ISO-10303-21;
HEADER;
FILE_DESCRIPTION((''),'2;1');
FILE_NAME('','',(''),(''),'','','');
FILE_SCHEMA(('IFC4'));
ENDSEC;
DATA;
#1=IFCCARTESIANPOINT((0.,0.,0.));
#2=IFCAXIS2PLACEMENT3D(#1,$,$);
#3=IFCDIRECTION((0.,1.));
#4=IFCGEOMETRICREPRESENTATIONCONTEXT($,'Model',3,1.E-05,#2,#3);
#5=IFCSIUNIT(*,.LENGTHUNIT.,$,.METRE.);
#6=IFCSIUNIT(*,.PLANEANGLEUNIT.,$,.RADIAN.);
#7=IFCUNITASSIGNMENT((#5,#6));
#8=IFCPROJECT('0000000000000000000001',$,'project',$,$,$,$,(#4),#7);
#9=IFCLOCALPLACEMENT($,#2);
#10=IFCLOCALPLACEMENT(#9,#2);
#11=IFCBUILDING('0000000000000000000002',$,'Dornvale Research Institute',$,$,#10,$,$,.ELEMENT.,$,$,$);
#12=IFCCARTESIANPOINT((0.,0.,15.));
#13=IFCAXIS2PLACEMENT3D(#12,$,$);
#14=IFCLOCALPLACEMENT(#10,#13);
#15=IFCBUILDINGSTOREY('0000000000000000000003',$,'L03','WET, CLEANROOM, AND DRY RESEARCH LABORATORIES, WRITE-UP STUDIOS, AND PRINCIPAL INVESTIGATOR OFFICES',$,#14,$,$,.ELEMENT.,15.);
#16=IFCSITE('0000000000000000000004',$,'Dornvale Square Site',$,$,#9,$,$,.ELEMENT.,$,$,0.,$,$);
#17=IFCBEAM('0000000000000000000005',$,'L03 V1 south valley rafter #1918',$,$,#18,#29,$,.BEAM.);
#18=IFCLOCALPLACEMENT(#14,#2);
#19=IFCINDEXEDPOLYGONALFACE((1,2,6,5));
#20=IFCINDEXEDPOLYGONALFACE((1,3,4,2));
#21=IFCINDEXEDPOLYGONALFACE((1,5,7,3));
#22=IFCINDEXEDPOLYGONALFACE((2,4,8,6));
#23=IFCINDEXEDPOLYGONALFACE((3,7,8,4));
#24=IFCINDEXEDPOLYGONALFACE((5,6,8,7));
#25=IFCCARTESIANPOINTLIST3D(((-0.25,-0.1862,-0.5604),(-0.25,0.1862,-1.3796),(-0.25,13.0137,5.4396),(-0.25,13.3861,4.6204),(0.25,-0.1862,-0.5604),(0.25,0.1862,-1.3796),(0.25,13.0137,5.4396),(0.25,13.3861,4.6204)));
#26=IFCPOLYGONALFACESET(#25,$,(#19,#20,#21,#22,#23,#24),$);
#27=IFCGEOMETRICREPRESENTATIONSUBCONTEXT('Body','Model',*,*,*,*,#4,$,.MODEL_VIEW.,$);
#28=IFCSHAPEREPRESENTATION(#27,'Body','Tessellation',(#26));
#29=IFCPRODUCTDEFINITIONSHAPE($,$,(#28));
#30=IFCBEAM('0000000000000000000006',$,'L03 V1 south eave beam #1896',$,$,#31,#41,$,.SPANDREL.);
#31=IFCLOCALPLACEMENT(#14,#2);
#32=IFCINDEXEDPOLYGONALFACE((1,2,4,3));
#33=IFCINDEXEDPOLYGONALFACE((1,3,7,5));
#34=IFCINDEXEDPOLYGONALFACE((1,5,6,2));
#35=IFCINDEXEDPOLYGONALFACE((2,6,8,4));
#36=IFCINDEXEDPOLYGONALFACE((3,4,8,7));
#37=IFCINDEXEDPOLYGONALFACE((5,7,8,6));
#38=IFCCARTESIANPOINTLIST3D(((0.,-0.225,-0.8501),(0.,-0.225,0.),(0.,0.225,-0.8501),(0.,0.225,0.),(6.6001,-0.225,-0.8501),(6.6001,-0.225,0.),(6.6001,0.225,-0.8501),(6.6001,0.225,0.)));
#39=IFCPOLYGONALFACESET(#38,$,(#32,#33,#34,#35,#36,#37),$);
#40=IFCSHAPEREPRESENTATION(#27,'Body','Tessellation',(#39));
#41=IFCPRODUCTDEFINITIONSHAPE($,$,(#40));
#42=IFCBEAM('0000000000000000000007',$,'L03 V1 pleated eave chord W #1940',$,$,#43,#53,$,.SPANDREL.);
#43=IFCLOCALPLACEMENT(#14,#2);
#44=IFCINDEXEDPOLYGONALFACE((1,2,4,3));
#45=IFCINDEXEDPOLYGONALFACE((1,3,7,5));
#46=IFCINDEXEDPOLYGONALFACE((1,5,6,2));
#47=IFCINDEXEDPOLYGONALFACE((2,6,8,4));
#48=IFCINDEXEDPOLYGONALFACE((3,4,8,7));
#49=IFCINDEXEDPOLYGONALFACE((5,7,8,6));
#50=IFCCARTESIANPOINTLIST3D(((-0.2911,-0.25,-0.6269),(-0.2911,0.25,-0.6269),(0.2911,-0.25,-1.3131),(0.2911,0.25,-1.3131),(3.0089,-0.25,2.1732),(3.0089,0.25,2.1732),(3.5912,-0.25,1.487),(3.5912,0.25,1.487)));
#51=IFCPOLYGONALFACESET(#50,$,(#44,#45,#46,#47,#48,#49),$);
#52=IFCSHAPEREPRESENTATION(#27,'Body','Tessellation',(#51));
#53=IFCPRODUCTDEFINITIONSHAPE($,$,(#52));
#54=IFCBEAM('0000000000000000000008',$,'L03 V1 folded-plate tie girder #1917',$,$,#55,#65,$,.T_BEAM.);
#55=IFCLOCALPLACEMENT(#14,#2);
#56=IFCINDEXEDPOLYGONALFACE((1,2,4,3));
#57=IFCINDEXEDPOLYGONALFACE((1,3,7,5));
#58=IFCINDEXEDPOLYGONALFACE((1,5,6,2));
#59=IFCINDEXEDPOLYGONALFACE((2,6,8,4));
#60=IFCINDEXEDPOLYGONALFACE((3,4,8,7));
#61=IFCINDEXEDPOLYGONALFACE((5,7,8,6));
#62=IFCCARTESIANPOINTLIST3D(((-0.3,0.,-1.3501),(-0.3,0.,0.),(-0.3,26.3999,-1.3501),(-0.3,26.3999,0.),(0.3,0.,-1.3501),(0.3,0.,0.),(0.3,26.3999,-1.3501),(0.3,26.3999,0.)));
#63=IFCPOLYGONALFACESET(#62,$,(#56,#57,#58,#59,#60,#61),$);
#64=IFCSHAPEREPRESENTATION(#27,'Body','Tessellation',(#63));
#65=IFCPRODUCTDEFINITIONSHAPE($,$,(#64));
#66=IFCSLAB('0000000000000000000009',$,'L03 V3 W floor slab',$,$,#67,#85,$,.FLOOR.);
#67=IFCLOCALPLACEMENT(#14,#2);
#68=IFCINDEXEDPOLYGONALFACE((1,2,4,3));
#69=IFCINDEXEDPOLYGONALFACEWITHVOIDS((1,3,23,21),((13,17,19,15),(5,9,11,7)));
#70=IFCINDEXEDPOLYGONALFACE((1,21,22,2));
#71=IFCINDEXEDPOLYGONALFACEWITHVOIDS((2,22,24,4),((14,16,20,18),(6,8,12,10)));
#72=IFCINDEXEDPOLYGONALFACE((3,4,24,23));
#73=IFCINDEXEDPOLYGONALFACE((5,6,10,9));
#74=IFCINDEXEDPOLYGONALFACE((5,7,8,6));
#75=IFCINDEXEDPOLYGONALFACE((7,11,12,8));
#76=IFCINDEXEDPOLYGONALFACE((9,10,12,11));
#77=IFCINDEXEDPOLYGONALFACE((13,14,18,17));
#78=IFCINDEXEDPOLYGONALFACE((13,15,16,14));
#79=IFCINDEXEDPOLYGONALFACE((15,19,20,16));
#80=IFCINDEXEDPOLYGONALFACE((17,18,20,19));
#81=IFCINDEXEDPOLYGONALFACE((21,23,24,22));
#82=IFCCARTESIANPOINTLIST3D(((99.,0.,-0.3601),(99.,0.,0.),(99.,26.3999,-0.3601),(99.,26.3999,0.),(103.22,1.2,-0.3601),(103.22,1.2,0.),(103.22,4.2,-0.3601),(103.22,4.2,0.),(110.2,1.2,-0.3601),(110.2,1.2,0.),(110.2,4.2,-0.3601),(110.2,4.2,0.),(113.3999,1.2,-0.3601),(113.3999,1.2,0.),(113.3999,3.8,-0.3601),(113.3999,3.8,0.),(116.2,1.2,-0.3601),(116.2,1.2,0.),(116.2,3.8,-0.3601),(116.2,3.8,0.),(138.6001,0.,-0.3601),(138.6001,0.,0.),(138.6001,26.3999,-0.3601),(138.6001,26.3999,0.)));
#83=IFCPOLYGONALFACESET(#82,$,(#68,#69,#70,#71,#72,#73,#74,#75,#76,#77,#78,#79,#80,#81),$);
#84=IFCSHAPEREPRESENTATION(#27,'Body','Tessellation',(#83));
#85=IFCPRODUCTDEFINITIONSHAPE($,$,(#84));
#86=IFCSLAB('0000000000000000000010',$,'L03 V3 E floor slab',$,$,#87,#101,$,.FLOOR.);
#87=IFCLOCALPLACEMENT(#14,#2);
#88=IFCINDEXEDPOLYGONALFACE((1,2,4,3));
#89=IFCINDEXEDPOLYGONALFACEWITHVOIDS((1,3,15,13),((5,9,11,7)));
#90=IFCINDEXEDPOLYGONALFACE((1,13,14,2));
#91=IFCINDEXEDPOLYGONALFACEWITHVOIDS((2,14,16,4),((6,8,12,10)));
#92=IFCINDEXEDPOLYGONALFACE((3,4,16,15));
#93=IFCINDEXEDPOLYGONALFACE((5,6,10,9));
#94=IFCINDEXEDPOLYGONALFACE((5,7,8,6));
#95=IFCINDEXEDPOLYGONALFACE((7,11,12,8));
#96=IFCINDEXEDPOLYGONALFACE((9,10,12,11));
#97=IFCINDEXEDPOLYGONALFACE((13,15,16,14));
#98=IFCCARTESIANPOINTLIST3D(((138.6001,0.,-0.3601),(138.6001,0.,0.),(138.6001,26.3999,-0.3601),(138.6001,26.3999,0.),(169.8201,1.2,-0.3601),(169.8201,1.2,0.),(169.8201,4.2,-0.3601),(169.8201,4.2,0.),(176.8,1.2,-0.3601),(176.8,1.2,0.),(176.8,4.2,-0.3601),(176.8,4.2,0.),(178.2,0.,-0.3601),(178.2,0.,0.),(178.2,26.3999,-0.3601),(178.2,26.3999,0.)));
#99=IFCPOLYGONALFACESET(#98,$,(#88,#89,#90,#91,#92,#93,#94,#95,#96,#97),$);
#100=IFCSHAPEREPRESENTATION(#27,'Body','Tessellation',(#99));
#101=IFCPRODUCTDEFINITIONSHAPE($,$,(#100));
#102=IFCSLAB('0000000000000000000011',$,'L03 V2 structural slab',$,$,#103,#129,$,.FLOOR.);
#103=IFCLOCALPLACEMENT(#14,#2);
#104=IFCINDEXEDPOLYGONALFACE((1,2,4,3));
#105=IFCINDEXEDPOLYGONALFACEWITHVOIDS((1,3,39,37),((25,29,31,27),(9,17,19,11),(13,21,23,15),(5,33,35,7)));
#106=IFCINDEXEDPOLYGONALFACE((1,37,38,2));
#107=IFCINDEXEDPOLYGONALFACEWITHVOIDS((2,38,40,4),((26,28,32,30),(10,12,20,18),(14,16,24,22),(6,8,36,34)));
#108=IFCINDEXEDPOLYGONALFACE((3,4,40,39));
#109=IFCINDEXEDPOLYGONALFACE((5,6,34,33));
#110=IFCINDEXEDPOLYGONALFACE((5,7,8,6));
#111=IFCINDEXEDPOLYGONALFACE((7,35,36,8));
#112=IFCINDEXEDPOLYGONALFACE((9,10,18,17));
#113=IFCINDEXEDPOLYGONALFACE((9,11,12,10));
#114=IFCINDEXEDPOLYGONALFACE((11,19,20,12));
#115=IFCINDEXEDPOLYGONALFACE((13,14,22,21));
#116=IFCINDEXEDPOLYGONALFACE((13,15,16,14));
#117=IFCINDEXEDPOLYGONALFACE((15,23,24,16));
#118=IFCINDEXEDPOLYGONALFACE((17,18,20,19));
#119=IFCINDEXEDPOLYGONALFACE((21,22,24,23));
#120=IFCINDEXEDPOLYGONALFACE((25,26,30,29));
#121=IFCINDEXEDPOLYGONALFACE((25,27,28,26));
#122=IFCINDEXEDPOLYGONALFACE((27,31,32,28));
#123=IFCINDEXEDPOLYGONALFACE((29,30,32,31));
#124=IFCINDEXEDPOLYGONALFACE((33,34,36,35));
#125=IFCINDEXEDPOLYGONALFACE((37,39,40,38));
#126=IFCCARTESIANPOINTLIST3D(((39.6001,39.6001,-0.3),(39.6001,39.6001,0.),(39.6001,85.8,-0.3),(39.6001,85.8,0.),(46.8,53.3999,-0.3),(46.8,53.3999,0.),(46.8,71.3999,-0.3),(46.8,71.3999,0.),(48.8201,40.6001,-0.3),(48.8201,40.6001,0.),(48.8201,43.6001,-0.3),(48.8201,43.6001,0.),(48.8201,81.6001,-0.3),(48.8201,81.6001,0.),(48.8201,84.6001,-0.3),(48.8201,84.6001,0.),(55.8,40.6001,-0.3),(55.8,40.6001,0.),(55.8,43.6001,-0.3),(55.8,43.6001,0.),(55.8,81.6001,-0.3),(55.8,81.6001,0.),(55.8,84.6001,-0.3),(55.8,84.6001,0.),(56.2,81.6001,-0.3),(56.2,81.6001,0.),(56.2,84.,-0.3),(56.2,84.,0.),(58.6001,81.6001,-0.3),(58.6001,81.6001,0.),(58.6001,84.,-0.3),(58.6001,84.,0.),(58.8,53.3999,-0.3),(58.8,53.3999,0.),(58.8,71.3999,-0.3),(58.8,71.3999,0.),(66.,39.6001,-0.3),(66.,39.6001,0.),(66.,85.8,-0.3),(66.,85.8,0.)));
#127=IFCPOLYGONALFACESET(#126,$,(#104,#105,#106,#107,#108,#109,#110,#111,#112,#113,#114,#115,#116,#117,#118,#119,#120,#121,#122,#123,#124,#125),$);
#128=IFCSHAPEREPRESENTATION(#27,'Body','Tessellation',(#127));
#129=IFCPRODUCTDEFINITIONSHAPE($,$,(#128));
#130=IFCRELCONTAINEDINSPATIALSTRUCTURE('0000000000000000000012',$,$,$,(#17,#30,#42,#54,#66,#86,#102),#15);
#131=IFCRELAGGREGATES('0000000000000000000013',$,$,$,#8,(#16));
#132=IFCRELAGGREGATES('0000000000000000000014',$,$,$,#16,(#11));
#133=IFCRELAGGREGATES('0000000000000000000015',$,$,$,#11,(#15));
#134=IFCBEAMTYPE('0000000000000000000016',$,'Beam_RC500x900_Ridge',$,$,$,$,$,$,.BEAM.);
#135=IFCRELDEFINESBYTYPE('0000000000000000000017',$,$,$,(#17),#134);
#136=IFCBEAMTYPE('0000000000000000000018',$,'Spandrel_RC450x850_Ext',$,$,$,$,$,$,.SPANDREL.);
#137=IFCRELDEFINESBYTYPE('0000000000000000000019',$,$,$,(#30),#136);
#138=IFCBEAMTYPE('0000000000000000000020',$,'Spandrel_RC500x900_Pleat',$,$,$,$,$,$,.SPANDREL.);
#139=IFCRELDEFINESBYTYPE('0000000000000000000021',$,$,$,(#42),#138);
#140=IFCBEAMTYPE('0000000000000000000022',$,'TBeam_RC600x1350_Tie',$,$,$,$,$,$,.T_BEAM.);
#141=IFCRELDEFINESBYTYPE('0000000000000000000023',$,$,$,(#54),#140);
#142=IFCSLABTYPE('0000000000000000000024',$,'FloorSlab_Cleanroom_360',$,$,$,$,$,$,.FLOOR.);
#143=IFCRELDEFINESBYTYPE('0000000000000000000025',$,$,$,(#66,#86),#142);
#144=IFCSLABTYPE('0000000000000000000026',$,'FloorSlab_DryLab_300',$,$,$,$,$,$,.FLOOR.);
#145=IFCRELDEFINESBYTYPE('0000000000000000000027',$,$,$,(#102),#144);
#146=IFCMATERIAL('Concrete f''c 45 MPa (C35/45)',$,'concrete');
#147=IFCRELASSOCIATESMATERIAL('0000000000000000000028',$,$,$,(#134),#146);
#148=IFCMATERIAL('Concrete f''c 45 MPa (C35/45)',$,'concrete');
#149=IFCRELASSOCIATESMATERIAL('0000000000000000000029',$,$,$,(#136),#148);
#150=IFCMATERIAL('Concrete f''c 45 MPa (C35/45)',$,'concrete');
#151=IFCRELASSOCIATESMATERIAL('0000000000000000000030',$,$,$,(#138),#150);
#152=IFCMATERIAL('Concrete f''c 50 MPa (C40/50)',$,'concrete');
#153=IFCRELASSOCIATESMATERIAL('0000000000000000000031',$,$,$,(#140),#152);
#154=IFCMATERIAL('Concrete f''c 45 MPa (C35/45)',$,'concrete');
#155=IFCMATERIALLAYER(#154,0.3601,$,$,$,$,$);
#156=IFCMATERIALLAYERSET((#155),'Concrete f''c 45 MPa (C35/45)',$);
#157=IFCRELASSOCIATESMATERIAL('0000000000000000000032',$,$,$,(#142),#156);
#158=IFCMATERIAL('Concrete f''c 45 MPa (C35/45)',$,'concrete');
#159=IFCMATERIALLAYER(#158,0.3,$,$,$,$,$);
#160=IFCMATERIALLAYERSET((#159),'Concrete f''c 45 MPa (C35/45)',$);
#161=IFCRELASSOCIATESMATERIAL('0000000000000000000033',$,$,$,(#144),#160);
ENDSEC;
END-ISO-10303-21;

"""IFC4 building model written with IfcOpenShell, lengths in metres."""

from ifc_helpers import new_model, si_unit, direction, frame, origin, origin_2d, place, context, subcontext, project, spatial, polyline, rectangle, outline, extrude, material, layer, layer_set, material_profile, profile_set, type_object, element, save


model = new_model("IFC4")

# Units and contexts
model_context = context("Model", 3, precision=1e-05, world=origin(), true_north=direction((0.0, 1.0)))
body_context = subcontext(model_context, "Body", "Model", "MODEL_VIEW")
ifc_project = project(units=[si_unit("LENGTHUNIT", "METRE"), si_unit("PLANEANGLEUNIT", "RADIAN")], contexts=[model_context])

# Site, building, storey
site_placement = place(None, origin())
site = spatial("IfcSite", under=ifc_project, at=site_placement, Name="Dornvale Square Site", CompositionType="ELEMENT", RefElevation=0.0)
building_placement = place(site_placement, origin())
building = spatial("IfcBuilding", under=site, at=building_placement, Name="Dornvale Research Institute", CompositionType="ELEMENT")
storey_placement = place(building_placement, frame((0.0, 0.0, 15.0)))
storey = spatial("IfcBuildingStorey", under=building, at=storey_placement, Name="L03", Description="WET, CLEANROOM, AND DRY RESEARCH LABORATORIES, WRITE-UP STUDIOS, AND PRINCIPAL INVESTIGATOR OFFICES", CompositionType="ELEMENT", Elevation=15.0)

# Beams
ifc_material_1 = material(Name="Concrete f'c 45 MPa (C35/45)", Category="concrete")
ifc_material_profile_1 = material_profile(ifc_material_1, rectangle(XDim=0.5, YDim=0.8999, at=origin_2d()), Name="RC 500x900")
ifc_profile_set_1 = profile_set([ifc_material_profile_1], Name="Concrete f'c 45 MPa (C35/45)")
beam_type_1 = type_object("IfcBeamType", Name="Beam_RC500x900_Ridge", PredefinedType="BEAM", material=ifc_profile_set_1)
beam_1_placement = place(storey_placement, frame((0.0, 0.0, -0.97), z_axis=(0.0, 0.910366, 0.413804), x_axis=(-1.0, 0.0, 0.0)))
element("IfcBeam", 1, at=beam_1_placement, inside=storey, type_object=beam_type_1, Name="L03 V1 south valley rafter #1918", PredefinedType="BEAM", context=body_context, shape_type="SweptSolid", body=[
    extrude(rectangle(XDim=0.5, YDim=0.8999, at=origin_2d()), origin(), (0.0, 0.0, 1.0), 14.4995),
])
ifc_material_2 = material(Name="Concrete f'c 45 MPa (C35/45)", Category="concrete")
ifc_material_profile_2 = material_profile(ifc_material_2, rectangle(XDim=0.45, YDim=0.8501, at=origin_2d()), Name="RC 450x850")
ifc_profile_set_2 = profile_set([ifc_material_profile_2], Name="Concrete f'c 45 MPa (C35/45)")
beam_type_2 = type_object("IfcBeamType", Name="Spandrel_RC450x850_Ext", PredefinedType="SPANDREL", material=ifc_profile_set_2)
beam_2_placement = place(storey_placement, frame((0.0, 0.0, -0.425), z_axis=(1.0, 0.0, 0.0), x_axis=(0.0, 1.0, 0.0)))
element("IfcBeam", 2, at=beam_2_placement, inside=storey, type_object=beam_type_2, Name="L03 V1 south eave beam #1896", PredefinedType="SPANDREL", context=body_context, shape_type="SweptSolid", body=[
    extrude(rectangle(XDim=0.45, YDim=0.8501, at=origin_2d()), origin(), (0.0, 0.0, 1.0), 6.6001),
])
ifc_material_3 = material(Name="Concrete f'c 45 MPa (C35/45)", Category="concrete")
ifc_material_profile_3 = material_profile(ifc_material_3, rectangle(XDim=0.5, YDim=0.8999, at=origin_2d()), Name="RC 500x900")
ifc_profile_set_3 = profile_set([ifc_material_profile_3], Name="Concrete f'c 45 MPa (C35/45)")
beam_type_3 = type_object("IfcBeamType", Name="Spandrel_RC500x900_Pleat", PredefinedType="SPANDREL", material=ifc_profile_set_3)
beam_3_placement = place(storey_placement, frame((0.0, 0.0, -0.97), z_axis=(0.762508, 0.0, 0.646978), x_axis=(0.0, 1.0, 0.0)))
element("IfcBeam", 3, at=beam_3_placement, inside=storey, type_object=beam_type_3, Name="L03 V1 pleated eave chord W #1940", PredefinedType="SPANDREL", context=body_context, shape_type="SweptSolid", body=[
    extrude(rectangle(XDim=0.5, YDim=0.8999, at=origin_2d()), origin(), (0.0, 0.0, 1.0), 4.3279),
])
ifc_material_4 = material(Name="Concrete f'c 50 MPa (C40/50)", Category="concrete")
ifc_material_profile_4 = material_profile(ifc_material_4, rectangle(XDim=0.6001, YDim=1.3501, at=origin_2d()), Name="RC 600x1350")
ifc_profile_set_4 = profile_set([ifc_material_profile_4], Name="Concrete f'c 50 MPa (C40/50)")
beam_type_4 = type_object("IfcBeamType", Name="TBeam_RC600x1350_Tie", PredefinedType="T_BEAM", material=ifc_profile_set_4)
beam_4_placement = place(storey_placement, frame((0.0, 0.0, -0.675), z_axis=(0.0, 1.0, 0.0), x_axis=(-1.0, 0.0, 0.0)))
element("IfcBeam", 4, at=beam_4_placement, inside=storey, type_object=beam_type_4, Name="L03 V1 folded-plate tie girder #1917", PredefinedType="T_BEAM", context=body_context, shape_type="SweptSolid", body=[
    extrude(rectangle(XDim=0.6001, YDim=1.3501, at=origin_2d()), origin(), (0.0, 0.0, 1.0), 26.3999),
])

# Slabs
ifc_material_5 = material(Name="Concrete f'c 45 MPa (C35/45)", Category="concrete")
ifc_layer_1 = layer(ifc_material_5, 0.3601)
ifc_layer_set_1 = layer_set([ifc_layer_1], Name="Concrete f'c 45 MPa (C35/45)")
slab_type_1 = type_object("IfcSlabType", Name="FloorSlab_Cleanroom_360", PredefinedType="FLOOR", material=ifc_layer_set_1)
slab_1_placement = place(storey_placement, frame((0.0, 0.0, -0.3601)))
element("IfcSlab", 5, at=slab_1_placement, inside=storey, type_object=slab_type_1, Name="L03 V3 W floor slab", PredefinedType="FLOOR", context=body_context, shape_type="SweptSolid", body=[
    extrude(outline(polyline([(99.0, 0.0), (99.0, 26.3999), (138.6001, 26.3999), (138.6001, 0.0), (99.0, 0.0)]), holes=[polyline([(103.22, 1.2), (110.2, 1.2), (110.2, 4.2), (103.22, 4.2), (103.22, 1.2)]), polyline([(113.3999, 1.2), (116.2, 1.2), (116.2, 3.8), (113.3999, 3.8), (113.3999, 1.2)])]), origin(), (0.0, 0.0, 1.0), 0.3601),
])
slab_2_placement = place(storey_placement, frame((0.0, 0.0, -0.3601)))
element("IfcSlab", 6, at=slab_2_placement, inside=storey, type_object=slab_type_1, Name="L03 V3 E floor slab", PredefinedType="FLOOR", context=body_context, shape_type="SweptSolid", body=[
    extrude(outline(polyline([(178.2, 26.3999), (178.2, 0.0), (138.6001, 0.0), (138.6001, 26.3999), (178.2, 26.3999)]), holes=[polyline([(169.8201, 1.2), (176.8, 1.2), (176.8, 4.2), (169.8201, 4.2), (169.8201, 1.2)])]), origin(), (0.0, 0.0, 1.0), 0.3601),
])
ifc_material_6 = material(Name="Concrete f'c 45 MPa (C35/45)", Category="concrete")
ifc_layer_2 = layer(ifc_material_6, 0.3)
ifc_layer_set_2 = layer_set([ifc_layer_2], Name="Concrete f'c 45 MPa (C35/45)")
slab_type_2 = type_object("IfcSlabType", Name="FloorSlab_DryLab_300", PredefinedType="FLOOR", material=ifc_layer_set_2)
slab_3_placement = place(storey_placement, frame((0.0, 0.0, -0.3)))
element("IfcSlab", 7, at=slab_3_placement, inside=storey, type_object=slab_type_2, Name="L03 V2 structural slab", PredefinedType="FLOOR", context=body_context, shape_type="SweptSolid", body=[
    extrude(outline(polyline([(39.6001, 39.6001), (66.0, 39.6001), (66.0, 85.8), (39.6001, 85.8), (39.6001, 39.6001)]), holes=[polyline([(48.8201, 40.6001), (55.8, 40.6001), (55.8, 43.6001), (48.8201, 43.6001), (48.8201, 40.6001)]), polyline([(48.8201, 81.6001), (55.8, 81.6001), (55.8, 84.6001), (48.8201, 84.6001), (48.8201, 81.6001)]), polyline([(56.2, 81.6001), (58.6001, 81.6001), (58.6001, 84.0), (56.2, 84.0), (56.2, 81.6001)]), polyline([(46.8, 53.3999), (58.8, 53.3999), (58.8, 71.3999), (46.8, 71.3999), (46.8, 53.3999)])]), origin(), (0.0, 0.0, 1.0), 0.3),
])

save(model, "model.ifc")
